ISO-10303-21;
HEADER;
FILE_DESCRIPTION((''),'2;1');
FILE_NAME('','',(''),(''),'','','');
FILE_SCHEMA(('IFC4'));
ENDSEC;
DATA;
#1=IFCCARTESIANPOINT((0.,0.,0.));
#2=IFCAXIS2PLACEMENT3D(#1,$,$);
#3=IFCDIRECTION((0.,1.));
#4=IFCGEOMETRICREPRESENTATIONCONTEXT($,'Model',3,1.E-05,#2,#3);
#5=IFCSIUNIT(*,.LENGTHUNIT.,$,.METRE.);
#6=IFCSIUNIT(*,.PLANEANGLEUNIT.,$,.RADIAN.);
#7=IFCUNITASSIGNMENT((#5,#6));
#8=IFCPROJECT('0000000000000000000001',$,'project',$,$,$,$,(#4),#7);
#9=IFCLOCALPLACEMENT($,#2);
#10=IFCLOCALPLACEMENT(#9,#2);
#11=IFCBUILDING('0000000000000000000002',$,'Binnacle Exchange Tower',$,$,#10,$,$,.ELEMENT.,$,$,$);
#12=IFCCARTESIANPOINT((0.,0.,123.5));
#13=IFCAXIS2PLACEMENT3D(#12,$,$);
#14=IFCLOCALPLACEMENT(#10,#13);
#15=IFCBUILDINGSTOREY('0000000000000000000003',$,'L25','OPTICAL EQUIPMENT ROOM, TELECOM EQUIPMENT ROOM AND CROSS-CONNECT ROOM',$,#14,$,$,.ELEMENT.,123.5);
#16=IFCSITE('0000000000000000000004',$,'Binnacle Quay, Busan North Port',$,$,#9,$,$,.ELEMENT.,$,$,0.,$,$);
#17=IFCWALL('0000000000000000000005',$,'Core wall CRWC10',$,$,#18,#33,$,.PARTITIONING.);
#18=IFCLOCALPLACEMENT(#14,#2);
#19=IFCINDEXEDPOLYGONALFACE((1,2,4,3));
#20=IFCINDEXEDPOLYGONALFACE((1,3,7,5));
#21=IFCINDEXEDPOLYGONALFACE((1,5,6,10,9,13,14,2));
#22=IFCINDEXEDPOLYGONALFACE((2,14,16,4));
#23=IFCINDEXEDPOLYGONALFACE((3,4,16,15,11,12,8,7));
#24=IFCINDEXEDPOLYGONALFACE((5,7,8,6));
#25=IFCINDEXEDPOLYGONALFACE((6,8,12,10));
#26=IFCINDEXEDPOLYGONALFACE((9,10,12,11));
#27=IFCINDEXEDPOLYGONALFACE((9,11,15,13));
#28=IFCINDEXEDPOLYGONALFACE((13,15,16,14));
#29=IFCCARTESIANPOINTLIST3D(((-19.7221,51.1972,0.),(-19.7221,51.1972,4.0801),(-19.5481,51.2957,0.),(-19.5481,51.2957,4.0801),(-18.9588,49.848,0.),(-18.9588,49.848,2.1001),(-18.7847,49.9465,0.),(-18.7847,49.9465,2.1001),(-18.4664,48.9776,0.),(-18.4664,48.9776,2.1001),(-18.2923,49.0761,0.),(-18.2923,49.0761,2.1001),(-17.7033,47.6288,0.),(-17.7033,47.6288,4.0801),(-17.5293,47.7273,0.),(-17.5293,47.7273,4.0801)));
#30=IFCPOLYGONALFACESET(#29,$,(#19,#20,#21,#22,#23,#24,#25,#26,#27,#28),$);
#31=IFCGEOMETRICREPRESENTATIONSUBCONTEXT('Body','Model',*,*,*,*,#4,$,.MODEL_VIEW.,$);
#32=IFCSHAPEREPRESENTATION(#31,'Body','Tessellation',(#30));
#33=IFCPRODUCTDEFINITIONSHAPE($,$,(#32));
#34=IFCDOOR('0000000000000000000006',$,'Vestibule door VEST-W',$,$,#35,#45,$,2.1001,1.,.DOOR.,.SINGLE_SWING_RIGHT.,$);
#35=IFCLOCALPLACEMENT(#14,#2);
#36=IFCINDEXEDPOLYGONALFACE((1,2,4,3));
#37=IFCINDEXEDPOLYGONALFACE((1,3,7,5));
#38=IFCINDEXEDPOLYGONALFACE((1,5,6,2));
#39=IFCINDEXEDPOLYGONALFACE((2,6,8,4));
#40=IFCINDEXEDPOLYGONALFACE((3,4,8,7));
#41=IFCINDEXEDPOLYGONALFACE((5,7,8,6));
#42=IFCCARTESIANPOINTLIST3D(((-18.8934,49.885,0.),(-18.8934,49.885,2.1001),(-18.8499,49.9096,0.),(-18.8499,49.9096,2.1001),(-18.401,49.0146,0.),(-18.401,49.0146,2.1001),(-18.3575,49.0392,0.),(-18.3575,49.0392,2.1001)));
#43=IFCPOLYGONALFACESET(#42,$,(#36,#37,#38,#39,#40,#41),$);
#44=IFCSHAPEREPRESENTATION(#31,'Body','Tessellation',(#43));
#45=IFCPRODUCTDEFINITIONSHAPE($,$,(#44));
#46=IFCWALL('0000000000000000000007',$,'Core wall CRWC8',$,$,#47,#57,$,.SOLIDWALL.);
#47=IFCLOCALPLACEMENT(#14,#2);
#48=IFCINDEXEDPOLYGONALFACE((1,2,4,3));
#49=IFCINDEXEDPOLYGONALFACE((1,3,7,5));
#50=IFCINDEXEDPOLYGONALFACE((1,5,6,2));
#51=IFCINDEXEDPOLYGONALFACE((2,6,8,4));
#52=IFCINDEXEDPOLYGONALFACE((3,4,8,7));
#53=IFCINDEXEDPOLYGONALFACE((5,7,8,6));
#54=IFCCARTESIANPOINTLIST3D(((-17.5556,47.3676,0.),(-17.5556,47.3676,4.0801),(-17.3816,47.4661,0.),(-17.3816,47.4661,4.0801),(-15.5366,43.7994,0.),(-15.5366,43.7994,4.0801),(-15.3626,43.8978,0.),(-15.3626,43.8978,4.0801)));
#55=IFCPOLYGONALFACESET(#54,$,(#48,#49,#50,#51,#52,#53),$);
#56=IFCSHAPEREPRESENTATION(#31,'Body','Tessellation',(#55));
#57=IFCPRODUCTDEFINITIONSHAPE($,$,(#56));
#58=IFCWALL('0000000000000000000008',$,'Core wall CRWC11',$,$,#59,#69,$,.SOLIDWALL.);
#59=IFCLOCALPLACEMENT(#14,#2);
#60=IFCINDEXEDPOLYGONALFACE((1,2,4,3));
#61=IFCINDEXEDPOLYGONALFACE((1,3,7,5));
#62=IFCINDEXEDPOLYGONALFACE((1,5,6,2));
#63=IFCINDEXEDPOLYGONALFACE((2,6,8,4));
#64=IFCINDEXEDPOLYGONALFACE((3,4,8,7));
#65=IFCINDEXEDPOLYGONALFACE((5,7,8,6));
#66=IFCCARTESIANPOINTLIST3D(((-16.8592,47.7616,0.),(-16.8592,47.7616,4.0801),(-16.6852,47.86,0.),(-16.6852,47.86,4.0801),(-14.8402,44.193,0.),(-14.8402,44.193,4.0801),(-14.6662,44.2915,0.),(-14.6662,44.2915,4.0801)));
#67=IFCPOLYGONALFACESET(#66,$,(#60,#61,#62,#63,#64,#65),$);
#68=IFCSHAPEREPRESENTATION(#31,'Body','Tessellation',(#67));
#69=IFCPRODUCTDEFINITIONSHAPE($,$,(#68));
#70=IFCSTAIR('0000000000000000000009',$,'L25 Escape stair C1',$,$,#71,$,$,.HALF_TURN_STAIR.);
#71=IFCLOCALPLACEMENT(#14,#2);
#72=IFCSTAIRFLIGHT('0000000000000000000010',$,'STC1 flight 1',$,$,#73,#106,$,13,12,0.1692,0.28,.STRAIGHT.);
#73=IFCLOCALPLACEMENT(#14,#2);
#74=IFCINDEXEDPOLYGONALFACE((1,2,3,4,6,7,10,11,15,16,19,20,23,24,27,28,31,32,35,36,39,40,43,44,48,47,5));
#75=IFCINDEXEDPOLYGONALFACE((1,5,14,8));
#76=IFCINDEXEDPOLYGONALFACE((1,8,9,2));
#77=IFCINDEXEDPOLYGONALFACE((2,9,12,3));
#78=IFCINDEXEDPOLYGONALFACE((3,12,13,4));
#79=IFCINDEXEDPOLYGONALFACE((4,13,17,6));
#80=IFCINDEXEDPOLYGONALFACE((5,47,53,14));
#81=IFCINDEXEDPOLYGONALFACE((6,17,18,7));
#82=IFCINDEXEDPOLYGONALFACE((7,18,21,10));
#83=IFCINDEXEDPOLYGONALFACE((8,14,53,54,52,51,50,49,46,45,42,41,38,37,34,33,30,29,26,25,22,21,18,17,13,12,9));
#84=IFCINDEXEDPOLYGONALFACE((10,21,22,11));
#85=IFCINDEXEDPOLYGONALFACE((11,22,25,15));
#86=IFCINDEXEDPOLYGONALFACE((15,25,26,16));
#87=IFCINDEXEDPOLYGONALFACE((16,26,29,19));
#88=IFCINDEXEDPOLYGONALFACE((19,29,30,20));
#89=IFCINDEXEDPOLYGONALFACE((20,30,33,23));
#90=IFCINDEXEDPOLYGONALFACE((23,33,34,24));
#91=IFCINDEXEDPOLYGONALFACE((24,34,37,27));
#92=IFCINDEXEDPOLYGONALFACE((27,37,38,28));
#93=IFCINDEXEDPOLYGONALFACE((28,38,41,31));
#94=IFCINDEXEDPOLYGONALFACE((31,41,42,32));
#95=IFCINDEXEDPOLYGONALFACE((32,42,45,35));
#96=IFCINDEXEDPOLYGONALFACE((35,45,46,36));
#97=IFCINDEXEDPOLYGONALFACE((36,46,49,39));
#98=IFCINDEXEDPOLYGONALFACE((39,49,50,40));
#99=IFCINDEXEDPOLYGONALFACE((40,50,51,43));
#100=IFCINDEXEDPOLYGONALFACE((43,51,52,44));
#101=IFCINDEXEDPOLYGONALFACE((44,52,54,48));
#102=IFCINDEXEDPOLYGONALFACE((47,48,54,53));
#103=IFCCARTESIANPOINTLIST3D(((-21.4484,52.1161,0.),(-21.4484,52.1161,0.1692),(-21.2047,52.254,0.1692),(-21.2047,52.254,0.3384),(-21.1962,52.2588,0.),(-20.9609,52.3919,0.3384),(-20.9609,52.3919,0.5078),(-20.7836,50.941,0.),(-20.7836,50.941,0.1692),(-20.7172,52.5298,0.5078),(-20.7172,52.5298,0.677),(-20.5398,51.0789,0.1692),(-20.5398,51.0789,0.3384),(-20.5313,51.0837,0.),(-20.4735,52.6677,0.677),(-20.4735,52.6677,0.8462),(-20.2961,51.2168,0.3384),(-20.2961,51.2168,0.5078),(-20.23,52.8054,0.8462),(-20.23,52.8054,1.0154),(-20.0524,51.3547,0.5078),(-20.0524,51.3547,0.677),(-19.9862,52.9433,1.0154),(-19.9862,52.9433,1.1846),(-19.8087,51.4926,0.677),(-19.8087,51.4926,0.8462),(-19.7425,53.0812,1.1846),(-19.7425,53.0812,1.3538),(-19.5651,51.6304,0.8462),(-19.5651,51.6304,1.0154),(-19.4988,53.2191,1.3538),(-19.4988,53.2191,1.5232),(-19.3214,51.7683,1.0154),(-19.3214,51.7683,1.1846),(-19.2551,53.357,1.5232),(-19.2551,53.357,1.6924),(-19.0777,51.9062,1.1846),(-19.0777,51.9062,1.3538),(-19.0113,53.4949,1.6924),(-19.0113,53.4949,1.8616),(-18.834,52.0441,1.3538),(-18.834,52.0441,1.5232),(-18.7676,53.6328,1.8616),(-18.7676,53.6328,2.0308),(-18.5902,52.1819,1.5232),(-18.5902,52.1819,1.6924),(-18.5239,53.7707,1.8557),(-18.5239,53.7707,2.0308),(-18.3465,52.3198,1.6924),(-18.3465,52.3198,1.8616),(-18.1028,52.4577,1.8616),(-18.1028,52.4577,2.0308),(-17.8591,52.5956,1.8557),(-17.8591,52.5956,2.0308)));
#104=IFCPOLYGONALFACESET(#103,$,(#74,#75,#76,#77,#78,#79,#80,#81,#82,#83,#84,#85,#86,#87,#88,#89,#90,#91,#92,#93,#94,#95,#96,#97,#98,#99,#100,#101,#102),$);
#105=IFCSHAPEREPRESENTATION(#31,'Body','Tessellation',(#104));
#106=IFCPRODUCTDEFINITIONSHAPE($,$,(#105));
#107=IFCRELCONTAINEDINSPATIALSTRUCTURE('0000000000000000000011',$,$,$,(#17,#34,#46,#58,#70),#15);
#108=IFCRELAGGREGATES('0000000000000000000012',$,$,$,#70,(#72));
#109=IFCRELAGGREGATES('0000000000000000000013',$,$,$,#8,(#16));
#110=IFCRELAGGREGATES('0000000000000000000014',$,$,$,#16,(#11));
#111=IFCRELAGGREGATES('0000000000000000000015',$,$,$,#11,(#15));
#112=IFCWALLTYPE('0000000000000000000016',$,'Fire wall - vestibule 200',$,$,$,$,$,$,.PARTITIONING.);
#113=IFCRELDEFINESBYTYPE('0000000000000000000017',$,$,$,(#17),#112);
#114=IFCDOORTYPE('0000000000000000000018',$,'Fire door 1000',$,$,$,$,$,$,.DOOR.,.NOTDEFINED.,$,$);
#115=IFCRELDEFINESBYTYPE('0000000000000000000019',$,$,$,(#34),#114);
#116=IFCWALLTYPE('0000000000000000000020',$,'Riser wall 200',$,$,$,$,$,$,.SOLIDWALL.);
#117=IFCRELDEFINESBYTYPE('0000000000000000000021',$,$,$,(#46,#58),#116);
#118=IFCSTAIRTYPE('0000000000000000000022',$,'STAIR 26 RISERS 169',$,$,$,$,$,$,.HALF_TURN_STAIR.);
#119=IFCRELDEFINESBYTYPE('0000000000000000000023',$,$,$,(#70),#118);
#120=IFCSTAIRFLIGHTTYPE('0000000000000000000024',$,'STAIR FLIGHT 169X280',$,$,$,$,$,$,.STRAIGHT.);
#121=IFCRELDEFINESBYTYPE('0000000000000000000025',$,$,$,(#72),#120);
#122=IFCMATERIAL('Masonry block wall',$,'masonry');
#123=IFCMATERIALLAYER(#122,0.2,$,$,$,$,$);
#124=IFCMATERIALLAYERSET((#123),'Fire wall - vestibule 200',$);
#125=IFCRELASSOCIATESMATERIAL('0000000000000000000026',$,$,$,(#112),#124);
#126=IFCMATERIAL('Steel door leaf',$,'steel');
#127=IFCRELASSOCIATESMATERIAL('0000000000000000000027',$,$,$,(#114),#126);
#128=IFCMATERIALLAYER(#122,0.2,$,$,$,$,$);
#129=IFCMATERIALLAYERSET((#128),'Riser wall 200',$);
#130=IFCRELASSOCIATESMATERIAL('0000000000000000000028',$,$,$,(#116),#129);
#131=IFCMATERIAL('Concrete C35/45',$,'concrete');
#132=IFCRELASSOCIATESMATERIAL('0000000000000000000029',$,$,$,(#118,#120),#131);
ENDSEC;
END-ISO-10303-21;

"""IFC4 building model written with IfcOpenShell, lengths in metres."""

from ifc_helpers import new_model, si_unit, direction, frame, frame_2d, origin, place, context, subcontext, project, spatial, polyline, rectangle, outline, extrude, material, layer, layer_set, type_object, element, fill, aggregate, save


model = new_model("IFC4")

# Units and contexts
model_context = context("Model", 3, precision=1e-05, world=origin(), true_north=direction((0.0, 1.0)))
body_context = subcontext(model_context, "Body", "Model", "MODEL_VIEW")
ifc_project = project(units=[si_unit("LENGTHUNIT", "METRE"), si_unit("PLANEANGLEUNIT", "RADIAN")], contexts=[model_context])

# Site, building, storey
site_placement = place(None, origin())
site = spatial("IfcSite", under=ifc_project, at=site_placement, Name="Binnacle Quay, Busan North Port", CompositionType="ELEMENT", RefElevation=0.0)
building_placement = place(site_placement, origin())
building = spatial("IfcBuilding", under=site, at=building_placement, Name="Binnacle Exchange Tower", CompositionType="ELEMENT")
storey_placement = place(building_placement, frame((0.0, 0.0, 123.5)))
storey = spatial("IfcBuildingStorey", under=building, at=storey_placement, Name="L25", Description="OPTICAL EQUIPMENT ROOM, TELECOM EQUIPMENT ROOM AND CROSS-CONNECT ROOM", CompositionType="ELEMENT", Elevation=123.5)

# Shared definitions
ifc_material_1 = material(Name="Steel door leaf", Category="steel")

# Wall, opening, door
ifc_material_2 = material(Name="Masonry block wall", Category="masonry")
ifc_layer_1 = layer(ifc_material_2, 0.2)
ifc_layer_set_1 = layer_set([ifc_layer_1], Name="Fire wall - vestibule 200")
wall_type_1 = type_object("IfcWallType", Name="Fire wall - vestibule 200", PredefinedType="PARTITIONING", material=ifc_layer_set_1)
wall_1_placement = place(storey_placement, frame((-19.635, 51.2463, 0.0), z_axis=(0.0, 0.0, 1.0), x_axis=(0.492408, -0.870364, 0.0)))
wall_1 = element("IfcWall", 1, at=wall_1_placement, inside=storey, type_object=wall_type_1, Name="Core wall CRWC10", PredefinedType="PARTITIONING", context=body_context, shape_type="SweptSolid", body=[
    extrude(rectangle(XDim=4.0999, YDim=0.2, at=frame_2d((2.0498, 0.0))), origin(), (0.0, 0.0, 1.0), 4.0801),
])
opening_1_placement = place(wall_1_placement, frame((1.55, 0.0, 0.0)))
opening_1 = element("IfcOpeningElement", 2, at=opening_1_placement, cuts=wall_1, PredefinedType="OPENING", context=body_context, shape_type="SweptSolid", body=[
    extrude(rectangle(XDim=1.0, YDim=2.1001, at=frame_2d((0.5, 1.05))), frame((0.0, 0.1099, 0.0), z_axis=(0.0, -1.0, 0.0), x_axis=(1.0, 0.0, 0.0)), (0.0, 0.0, 1.0), 0.22),
])
door_type_1 = type_object("IfcDoorType", Name="Fire door 1000", OperationType="NOTDEFINED", PredefinedType="DOOR", material=ifc_material_1)
door_1_placement = place(opening_1_placement, frame((1.0, 0.0, 0.0), z_axis=(0.0, 0.0, 1.0), x_axis=(-1.0, 0.0, 0.0)))
door_1 = element("IfcDoor", 3, at=door_1_placement, inside=storey, type_object=door_type_1, Name="Vestibule door VEST-W", OperationType="SINGLE_SWING_RIGHT", OverallHeight=2.1001, OverallWidth=1.0, PredefinedType="DOOR", context=body_context, shape_type="SweptSolid", body=[
    extrude(rectangle(XDim=1.0, YDim=2.1001, at=frame_2d((0.5, 1.05))), frame((0.0, 0.0249, 0.0), z_axis=(0.0, -1.0, 0.0), x_axis=(1.0, 0.0, 0.0)), (0.0, 0.0, 1.0), 0.05),
])
fill(opening_1, door_1)

# Walls
ifc_layer_2 = layer(ifc_material_2, 0.2)
ifc_layer_set_2 = layer_set([ifc_layer_2], Name="Riser wall 200")
wall_type_2 = type_object("IfcWallType", Name="Riser wall 200", PredefinedType="SOLIDWALL", material=ifc_layer_set_2)
wall_2_placement = place(storey_placement, frame((-17.4685, 47.4167, 0.0), z_axis=(0.0, 0.0, 1.0), x_axis=(0.492454, -0.870339, 0.0)))
element("IfcWall", 4, at=wall_2_placement, inside=storey, type_object=wall_type_2, Name="Core wall CRWC8", PredefinedType="SOLIDWALL", context=body_context, shape_type="SweptSolid", body=[
    extrude(rectangle(XDim=4.0999, YDim=0.2, at=frame_2d((2.0498, 0.0))), origin(), (0.0, 0.0, 1.0), 4.0801),
])
wall_3_placement = place(storey_placement, frame((-16.7722, 47.8108, 0.0), z_axis=(0.0, 0.0, 1.0), x_axis=(0.492428, -0.870353, 0.0)))
element("IfcWall", 5, at=wall_3_placement, inside=storey, type_object=wall_type_2, Name="Core wall CRWC11", PredefinedType="SOLIDWALL", context=body_context, shape_type="SweptSolid", body=[
    extrude(rectangle(XDim=4.1001, YDim=0.2, at=frame_2d((2.05, 0.0))), origin(), (0.0, 0.0, 1.0), 4.0801),
])

# Stair, stair flight
ifc_material_3 = material(Name="Concrete C35/45", Category="concrete")
stair_type = type_object("IfcStairType", Name="STAIR 26 RISERS 169", PredefinedType="HALF_TURN_STAIR", material=ifc_material_3)
stair_placement = place(storey_placement, origin())
stair = element("IfcStair", 6, at=stair_placement, inside=storey, type_object=stair_type, Name="L25 Escape stair C1", PredefinedType="HALF_TURN_STAIR")
stair_flight_type = type_object("IfcStairFlightType", Name="STAIR FLIGHT 169X280", PredefinedType="STRAIGHT", material=ifc_material_3)
stair_flight_placement = place(storey_placement, frame((-21.116, 51.5286, 0.0), z_axis=(0.0, 0.0, 1.0), x_axis=(0.870356, 0.492424, 0.0)))
stair_flight = element("IfcStairFlight", 7, at=stair_flight_placement, type_object=stair_flight_type, Name="STC1 flight 1", NumberOfRisers=13, NumberOfTreads=12, PredefinedType="STRAIGHT", RiserHeight=0.1692, TreadLength=0.28, context=body_context, shape_type="SweptSolid", body=[
    extrude(outline(polyline([(0.0, 0.0), (0.0, 0.1692), (0.28, 0.1692), (0.28, 0.3384), (0.5601, 0.3384), (0.5601, 0.5078), (0.8401, 0.5078), (0.8401, 0.677), (1.1201, 0.677), (1.1201, 0.8462), (1.3999, 0.8462), (1.3999, 1.0154), (1.6799, 1.0154), (1.6799, 1.1846), (1.96, 1.1846), (1.96, 1.3538), (2.24, 1.3538), (2.24, 1.5232), (2.52, 1.5232), (2.52, 1.6924), (2.8, 1.6924), (2.8, 1.8616), (3.0801, 1.8616), (3.0801, 2.0308), (3.3601, 2.0308), (3.3601, 2.2), (3.3601, 1.8557), (0.2898, 0.0), (0.0, 0.0)])), frame((0.0, 0.675, 0.0), z_axis=(0.0, -1.0, 0.0), x_axis=(1.0, 0.0, 0.0)), (0.0, 0.0, 1.0), 1.3501),
])
aggregate(stair, [stair_flight])

save(model, "model.ifc")
